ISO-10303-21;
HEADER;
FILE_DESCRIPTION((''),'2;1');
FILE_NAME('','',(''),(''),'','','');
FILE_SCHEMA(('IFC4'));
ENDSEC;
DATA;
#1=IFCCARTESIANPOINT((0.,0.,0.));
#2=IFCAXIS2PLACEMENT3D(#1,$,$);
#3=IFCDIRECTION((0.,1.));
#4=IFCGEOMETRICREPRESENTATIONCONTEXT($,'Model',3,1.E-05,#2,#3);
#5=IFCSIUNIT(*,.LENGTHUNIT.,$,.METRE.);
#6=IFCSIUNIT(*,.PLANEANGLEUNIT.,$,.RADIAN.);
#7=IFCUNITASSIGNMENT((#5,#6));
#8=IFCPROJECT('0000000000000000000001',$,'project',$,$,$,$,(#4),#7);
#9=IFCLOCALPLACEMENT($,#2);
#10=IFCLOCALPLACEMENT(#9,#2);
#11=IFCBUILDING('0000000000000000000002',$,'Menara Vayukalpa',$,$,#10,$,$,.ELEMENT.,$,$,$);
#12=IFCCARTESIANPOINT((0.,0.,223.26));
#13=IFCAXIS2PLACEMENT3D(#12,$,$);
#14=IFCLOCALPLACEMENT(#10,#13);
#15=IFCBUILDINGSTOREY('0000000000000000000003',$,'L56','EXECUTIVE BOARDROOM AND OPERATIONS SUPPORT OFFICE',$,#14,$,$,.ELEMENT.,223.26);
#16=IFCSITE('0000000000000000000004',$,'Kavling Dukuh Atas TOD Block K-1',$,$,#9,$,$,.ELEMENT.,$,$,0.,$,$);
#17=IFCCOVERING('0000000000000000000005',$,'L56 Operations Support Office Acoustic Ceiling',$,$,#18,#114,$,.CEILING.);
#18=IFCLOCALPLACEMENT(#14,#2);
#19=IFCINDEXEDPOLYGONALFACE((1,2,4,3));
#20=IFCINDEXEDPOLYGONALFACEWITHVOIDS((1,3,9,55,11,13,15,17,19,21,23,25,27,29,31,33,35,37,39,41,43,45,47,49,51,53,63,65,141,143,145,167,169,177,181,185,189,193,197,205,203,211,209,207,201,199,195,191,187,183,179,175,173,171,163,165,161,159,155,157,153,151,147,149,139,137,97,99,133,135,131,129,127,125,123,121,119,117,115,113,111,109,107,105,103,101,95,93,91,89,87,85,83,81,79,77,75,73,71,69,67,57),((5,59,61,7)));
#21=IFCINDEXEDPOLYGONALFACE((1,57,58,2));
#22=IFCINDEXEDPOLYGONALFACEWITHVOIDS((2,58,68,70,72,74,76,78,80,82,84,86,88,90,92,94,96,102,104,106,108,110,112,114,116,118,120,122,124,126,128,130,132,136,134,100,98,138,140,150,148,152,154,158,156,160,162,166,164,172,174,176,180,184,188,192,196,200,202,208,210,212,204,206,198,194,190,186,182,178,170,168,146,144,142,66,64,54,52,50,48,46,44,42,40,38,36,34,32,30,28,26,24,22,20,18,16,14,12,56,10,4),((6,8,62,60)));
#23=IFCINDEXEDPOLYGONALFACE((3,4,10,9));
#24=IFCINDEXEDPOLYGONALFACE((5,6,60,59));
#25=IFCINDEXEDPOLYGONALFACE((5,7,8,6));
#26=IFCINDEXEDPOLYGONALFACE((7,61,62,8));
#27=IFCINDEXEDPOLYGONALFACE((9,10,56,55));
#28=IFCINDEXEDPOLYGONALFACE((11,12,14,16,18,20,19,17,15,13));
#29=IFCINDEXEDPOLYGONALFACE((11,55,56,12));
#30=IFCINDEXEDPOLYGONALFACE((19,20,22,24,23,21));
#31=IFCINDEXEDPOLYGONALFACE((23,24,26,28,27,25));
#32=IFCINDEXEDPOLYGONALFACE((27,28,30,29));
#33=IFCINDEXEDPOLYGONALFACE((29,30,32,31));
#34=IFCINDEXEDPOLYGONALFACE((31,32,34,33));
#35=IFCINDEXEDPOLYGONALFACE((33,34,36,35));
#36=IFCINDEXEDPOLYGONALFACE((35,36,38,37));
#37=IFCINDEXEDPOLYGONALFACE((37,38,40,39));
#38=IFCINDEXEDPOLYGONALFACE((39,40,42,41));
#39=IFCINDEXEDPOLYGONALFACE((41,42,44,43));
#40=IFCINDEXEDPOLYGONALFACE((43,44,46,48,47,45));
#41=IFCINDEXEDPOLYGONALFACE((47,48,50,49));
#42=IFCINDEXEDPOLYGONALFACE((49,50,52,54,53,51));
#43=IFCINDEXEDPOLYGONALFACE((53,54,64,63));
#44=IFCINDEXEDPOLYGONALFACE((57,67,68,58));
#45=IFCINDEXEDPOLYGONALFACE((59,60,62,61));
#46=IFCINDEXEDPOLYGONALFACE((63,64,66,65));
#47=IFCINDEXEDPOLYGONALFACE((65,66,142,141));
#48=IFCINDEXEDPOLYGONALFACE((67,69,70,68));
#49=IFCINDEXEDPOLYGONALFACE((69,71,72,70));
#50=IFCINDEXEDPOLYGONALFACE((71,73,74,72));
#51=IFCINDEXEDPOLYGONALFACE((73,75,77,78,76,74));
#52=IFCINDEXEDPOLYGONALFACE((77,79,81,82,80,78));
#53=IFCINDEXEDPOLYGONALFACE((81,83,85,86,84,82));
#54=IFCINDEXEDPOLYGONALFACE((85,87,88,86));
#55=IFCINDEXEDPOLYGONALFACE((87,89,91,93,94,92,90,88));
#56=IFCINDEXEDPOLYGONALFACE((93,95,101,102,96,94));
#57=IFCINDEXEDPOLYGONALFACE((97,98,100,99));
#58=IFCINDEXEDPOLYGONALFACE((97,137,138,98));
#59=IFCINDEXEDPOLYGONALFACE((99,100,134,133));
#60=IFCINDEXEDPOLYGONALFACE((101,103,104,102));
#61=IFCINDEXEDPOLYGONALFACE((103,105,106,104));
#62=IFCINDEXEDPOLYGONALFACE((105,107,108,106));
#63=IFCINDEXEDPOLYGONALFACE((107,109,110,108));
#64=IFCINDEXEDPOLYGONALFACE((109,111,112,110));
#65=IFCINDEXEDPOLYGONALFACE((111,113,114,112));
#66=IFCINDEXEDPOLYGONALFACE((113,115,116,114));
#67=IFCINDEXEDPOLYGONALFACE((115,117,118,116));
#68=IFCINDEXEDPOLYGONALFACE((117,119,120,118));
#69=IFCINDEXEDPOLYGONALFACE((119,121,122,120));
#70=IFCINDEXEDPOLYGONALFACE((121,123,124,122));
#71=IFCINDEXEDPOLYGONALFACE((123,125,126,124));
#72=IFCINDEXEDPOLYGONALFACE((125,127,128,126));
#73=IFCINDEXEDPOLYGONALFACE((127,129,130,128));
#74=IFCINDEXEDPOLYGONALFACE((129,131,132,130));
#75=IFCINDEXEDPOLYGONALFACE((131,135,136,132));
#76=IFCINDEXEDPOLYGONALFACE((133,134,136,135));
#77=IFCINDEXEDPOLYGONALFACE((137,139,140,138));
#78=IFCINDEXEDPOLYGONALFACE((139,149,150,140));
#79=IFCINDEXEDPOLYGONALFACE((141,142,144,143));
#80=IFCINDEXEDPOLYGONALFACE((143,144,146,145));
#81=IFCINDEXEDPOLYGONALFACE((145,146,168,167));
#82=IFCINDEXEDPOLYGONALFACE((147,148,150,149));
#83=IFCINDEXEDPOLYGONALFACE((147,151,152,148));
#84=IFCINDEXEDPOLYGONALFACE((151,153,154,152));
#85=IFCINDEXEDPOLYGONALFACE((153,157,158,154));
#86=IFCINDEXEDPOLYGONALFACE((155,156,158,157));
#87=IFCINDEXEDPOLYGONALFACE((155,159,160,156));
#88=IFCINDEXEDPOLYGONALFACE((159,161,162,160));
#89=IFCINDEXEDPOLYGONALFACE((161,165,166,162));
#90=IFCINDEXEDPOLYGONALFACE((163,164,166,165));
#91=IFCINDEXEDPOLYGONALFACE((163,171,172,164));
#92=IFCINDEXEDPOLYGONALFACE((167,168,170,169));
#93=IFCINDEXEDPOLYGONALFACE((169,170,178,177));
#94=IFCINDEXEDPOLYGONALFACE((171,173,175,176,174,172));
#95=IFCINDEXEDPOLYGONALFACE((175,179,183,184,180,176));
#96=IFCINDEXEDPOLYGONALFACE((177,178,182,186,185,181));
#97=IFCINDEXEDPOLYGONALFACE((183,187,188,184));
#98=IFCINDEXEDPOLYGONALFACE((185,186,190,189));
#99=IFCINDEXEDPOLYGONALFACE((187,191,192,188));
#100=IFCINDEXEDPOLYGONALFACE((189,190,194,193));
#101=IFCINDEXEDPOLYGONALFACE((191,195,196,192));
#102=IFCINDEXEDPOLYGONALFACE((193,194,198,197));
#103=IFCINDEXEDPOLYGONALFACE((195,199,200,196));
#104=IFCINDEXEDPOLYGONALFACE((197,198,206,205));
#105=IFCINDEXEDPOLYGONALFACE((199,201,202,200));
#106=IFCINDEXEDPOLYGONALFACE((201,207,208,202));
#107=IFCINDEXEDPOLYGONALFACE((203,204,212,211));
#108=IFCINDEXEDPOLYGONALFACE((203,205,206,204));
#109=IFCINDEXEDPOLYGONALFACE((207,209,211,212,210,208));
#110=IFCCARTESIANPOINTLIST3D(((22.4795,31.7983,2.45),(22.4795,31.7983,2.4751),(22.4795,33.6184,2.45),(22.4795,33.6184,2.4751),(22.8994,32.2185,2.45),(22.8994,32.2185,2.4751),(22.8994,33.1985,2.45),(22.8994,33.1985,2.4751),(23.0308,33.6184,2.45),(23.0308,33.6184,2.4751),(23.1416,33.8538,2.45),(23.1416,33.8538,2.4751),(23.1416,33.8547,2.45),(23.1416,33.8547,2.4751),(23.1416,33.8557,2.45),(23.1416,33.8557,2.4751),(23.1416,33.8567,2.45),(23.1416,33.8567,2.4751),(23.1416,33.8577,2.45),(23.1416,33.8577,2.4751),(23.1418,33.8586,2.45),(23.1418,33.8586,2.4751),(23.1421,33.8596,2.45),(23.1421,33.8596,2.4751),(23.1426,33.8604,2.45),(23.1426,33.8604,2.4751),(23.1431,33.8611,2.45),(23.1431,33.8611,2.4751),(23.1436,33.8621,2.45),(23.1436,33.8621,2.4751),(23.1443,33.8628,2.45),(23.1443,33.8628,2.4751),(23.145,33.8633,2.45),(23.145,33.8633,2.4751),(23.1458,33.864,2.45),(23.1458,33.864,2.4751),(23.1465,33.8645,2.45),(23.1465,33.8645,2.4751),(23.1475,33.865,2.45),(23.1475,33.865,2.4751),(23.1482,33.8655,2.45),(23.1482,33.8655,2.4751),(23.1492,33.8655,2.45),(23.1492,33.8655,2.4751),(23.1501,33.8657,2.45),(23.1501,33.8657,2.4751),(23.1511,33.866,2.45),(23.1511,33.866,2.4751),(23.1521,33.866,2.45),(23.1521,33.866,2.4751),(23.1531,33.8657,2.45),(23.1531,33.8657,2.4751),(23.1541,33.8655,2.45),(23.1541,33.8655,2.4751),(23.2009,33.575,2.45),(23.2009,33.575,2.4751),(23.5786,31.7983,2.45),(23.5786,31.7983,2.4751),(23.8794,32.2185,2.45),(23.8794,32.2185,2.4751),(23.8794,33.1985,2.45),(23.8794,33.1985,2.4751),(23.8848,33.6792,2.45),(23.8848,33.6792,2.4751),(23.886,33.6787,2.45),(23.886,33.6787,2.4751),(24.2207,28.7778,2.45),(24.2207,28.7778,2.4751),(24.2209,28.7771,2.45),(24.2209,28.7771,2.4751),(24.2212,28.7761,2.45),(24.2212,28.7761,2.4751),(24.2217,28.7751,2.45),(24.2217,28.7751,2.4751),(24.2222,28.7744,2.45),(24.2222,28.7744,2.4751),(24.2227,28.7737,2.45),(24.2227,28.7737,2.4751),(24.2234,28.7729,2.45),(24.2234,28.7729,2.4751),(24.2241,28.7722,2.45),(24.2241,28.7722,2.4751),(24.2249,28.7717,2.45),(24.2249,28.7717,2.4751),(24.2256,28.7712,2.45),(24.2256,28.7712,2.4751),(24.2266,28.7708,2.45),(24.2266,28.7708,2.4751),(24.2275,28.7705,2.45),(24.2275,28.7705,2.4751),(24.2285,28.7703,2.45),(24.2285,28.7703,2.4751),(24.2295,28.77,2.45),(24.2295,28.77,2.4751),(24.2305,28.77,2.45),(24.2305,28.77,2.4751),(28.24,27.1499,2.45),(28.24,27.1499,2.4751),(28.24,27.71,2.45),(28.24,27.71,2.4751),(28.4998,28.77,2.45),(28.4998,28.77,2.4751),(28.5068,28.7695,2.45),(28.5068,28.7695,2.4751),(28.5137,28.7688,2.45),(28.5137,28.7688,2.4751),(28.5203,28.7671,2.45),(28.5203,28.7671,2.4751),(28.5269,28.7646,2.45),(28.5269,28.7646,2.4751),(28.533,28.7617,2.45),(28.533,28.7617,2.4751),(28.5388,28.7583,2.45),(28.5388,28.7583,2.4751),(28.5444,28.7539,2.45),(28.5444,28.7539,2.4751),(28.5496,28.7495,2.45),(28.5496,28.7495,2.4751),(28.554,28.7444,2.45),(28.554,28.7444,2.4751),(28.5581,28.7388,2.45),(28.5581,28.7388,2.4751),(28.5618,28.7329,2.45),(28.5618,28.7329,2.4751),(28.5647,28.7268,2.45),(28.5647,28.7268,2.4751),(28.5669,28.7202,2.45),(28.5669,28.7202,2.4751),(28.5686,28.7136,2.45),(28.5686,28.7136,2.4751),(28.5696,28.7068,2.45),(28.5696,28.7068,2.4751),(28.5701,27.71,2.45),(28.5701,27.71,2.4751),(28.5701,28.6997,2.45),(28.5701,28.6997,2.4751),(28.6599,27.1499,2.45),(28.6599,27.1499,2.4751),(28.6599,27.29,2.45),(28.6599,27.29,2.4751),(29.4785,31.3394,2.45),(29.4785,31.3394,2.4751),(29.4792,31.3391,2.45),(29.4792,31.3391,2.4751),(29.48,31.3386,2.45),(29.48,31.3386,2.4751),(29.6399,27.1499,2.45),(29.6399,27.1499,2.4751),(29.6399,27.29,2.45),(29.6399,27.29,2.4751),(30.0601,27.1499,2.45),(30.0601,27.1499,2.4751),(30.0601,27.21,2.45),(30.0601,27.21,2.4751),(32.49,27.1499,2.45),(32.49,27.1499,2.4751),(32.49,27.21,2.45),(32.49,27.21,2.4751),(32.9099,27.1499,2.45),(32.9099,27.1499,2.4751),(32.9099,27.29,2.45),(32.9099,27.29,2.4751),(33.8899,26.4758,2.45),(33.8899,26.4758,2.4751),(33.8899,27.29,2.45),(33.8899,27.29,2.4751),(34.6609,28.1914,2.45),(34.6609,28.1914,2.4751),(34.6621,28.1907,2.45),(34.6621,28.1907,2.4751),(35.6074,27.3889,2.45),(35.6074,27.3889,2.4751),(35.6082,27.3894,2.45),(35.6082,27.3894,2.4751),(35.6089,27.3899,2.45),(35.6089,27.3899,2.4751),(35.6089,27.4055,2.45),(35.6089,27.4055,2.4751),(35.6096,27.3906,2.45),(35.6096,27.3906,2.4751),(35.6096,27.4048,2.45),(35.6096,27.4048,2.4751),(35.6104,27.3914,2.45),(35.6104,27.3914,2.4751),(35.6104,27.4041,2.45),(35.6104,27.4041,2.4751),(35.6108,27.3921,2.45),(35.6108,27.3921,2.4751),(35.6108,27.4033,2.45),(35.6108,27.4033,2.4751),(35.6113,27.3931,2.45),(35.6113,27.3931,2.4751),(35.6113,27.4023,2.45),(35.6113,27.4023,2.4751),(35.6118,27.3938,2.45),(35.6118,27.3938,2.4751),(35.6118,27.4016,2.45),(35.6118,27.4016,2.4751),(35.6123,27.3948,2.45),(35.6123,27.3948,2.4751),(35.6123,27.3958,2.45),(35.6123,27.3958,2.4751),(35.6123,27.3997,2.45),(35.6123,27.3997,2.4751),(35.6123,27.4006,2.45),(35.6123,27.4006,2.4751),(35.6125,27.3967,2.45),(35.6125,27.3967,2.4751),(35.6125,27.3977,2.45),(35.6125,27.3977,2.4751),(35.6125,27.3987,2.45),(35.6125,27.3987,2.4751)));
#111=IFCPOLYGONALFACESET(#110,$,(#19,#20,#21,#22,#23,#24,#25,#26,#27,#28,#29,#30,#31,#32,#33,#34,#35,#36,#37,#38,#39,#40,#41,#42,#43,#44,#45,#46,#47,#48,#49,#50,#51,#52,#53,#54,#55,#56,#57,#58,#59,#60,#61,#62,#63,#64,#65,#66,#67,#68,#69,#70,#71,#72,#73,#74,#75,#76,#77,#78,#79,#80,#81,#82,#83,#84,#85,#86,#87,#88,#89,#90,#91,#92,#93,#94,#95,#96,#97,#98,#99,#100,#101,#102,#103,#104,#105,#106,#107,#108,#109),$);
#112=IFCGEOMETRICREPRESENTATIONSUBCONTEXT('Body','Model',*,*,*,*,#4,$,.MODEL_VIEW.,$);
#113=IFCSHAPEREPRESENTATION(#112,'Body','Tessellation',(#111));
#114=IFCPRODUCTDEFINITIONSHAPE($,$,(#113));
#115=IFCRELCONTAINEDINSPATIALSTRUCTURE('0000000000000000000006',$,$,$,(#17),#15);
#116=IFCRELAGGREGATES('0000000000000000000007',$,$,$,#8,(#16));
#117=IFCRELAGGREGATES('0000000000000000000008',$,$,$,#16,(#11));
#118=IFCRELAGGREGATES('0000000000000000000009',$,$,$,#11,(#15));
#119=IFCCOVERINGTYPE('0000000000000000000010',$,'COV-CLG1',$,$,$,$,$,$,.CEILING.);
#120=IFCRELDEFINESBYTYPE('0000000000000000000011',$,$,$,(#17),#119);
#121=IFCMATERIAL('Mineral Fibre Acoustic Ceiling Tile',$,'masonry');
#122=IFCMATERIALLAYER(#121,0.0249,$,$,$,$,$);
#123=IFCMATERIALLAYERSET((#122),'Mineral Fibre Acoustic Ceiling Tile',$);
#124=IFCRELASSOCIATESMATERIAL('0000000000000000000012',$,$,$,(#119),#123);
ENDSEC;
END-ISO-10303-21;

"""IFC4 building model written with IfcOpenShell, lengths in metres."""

from ifc_helpers import new_model, si_unit, direction, frame, origin, place, context, subcontext, project, spatial, polyline, outline, extrude, material, layer, layer_set, type_object, element, save


model = new_model("IFC4")

# Units and contexts
model_context = context("Model", 3, precision=1e-05, world=origin(), true_north=direction((0.0, 1.0)))
body_context = subcontext(model_context, "Body", "Model", "MODEL_VIEW")
ifc_project = project(units=[si_unit("LENGTHUNIT", "METRE"), si_unit("PLANEANGLEUNIT", "RADIAN")], contexts=[model_context])

# Site, building, storey
site_placement = place(None, origin())
site = spatial("IfcSite", under=ifc_project, at=site_placement, Name="Kavling Dukuh Atas TOD Block K-1", CompositionType="ELEMENT", RefElevation=0.0)
building_placement = place(site_placement, origin())
building = spatial("IfcBuilding", under=site, at=building_placement, Name="Menara Vayukalpa", CompositionType="ELEMENT")
storey_placement = place(building_placement, frame((0.0, 0.0, 223.26)))
storey = spatial("IfcBuildingStorey", under=building, at=storey_placement, Name="L56", Description="EXECUTIVE BOARDROOM AND OPERATIONS SUPPORT OFFICE", CompositionType="ELEMENT", Elevation=223.26)

# Covering
ifc_material_1 = material(Name="Mineral Fibre Acoustic Ceiling Tile", Category="masonry")
ifc_layer_1 = layer(ifc_material_1, 0.0249)
ifc_layer_set_1 = layer_set([ifc_layer_1], Name="Mineral Fibre Acoustic Ceiling Tile")
covering_type_1 = type_object("IfcCoveringType", Name="COV-CLG1", PredefinedType="CEILING", material=ifc_layer_set_1)
covering_1_placement = place(storey_placement, frame((0.0, 0.0, 2.45)))
element("IfcCovering", 1, at=covering_1_placement, inside=storey, type_object=covering_type_1, Name="L56 Operations Support Office Acoustic Ceiling", PredefinedType="CEILING", context=body_context, shape_type="SweptSolid", body=[
    extrude(outline(polyline([(29.6399, 27.1499), (29.6399, 27.29), (28.6599, 27.29), (28.6599, 27.1499), (28.24, 27.1499), (28.24, 27.71), (28.5701, 27.71), (28.5701, 28.6997), (28.5696, 28.7068), (28.5686, 28.7136), (28.5669, 28.7202), (28.5647, 28.7268), (28.5618, 28.7329), (28.5581, 28.7388), (28.554, 28.7444), (28.5496, 28.7495), (28.5444, 28.7539), (28.5388, 28.7583), (28.533, 28.7617), (28.5269, 28.7646), (28.5203, 28.7671), (28.5137, 28.7688), (28.5068, 28.7695), (28.4998, 28.77), (24.2305, 28.77), (24.2295, 28.77), (24.2285, 28.7703), (24.2275, 28.7705), (24.2266, 28.7708), (24.2256, 28.7712), (24.2249, 28.7717), (24.2241, 28.7722), (24.2234, 28.7729), (24.2227, 28.7737), (24.2222, 28.7744), (24.2217, 28.7751), (24.2212, 28.7761), (24.2209, 28.7771), (24.2207, 28.7778), (23.5786, 31.7983), (22.4795, 31.7983), (22.4795, 33.6184), (23.0308, 33.6184), (23.2009, 33.575), (23.1416, 33.8538), (23.1416, 33.8547), (23.1416, 33.8557), (23.1416, 33.8567), (23.1416, 33.8577), (23.1418, 33.8586), (23.1421, 33.8596), (23.1426, 33.8604), (23.1431, 33.8611), (23.1436, 33.8621), (23.1443, 33.8628), (23.145, 33.8633), (23.1458, 33.864), (23.1465, 33.8645), (23.1475, 33.865), (23.1482, 33.8655), (23.1492, 33.8655), (23.1501, 33.8657), (23.1511, 33.866), (23.1521, 33.866), (23.1531, 33.8657), (23.1541, 33.8655), (23.8848, 33.6792), (23.886, 33.6787), (29.4785, 31.3394), (29.4792, 31.3391), (29.48, 31.3386), (34.6609, 28.1914), (34.6621, 28.1907), (35.6089, 27.4055), (35.6096, 27.4048), (35.6104, 27.4041), (35.6108, 27.4033), (35.6113, 27.4023), (35.6118, 27.4016), (35.6123, 27.4006), (35.6123, 27.3997), (35.6125, 27.3987), (35.6125, 27.3977), (35.6125, 27.3967), (35.6123, 27.3958), (35.6123, 27.3948), (35.6118, 27.3938), (35.6113, 27.3931), (35.6108, 27.3921), (35.6104, 27.3914), (35.6096, 27.3906), (35.6089, 27.3899), (35.6082, 27.3894), (35.6074, 27.3889), (33.8899, 26.4758), (33.8899, 27.29), (32.9099, 27.29), (32.9099, 27.1499), (32.49, 27.1499), (32.49, 27.21), (30.0601, 27.21), (30.0601, 27.1499), (29.6399, 27.1499)]), holes=[polyline([(23.8794, 33.1985), (22.8994, 33.1985), (22.8994, 32.2185), (23.8794, 32.2185), (23.8794, 33.1985)])]), origin(), (0.0, 0.0, 1.0), 0.0251),
])

save(model, "model.ifc")
